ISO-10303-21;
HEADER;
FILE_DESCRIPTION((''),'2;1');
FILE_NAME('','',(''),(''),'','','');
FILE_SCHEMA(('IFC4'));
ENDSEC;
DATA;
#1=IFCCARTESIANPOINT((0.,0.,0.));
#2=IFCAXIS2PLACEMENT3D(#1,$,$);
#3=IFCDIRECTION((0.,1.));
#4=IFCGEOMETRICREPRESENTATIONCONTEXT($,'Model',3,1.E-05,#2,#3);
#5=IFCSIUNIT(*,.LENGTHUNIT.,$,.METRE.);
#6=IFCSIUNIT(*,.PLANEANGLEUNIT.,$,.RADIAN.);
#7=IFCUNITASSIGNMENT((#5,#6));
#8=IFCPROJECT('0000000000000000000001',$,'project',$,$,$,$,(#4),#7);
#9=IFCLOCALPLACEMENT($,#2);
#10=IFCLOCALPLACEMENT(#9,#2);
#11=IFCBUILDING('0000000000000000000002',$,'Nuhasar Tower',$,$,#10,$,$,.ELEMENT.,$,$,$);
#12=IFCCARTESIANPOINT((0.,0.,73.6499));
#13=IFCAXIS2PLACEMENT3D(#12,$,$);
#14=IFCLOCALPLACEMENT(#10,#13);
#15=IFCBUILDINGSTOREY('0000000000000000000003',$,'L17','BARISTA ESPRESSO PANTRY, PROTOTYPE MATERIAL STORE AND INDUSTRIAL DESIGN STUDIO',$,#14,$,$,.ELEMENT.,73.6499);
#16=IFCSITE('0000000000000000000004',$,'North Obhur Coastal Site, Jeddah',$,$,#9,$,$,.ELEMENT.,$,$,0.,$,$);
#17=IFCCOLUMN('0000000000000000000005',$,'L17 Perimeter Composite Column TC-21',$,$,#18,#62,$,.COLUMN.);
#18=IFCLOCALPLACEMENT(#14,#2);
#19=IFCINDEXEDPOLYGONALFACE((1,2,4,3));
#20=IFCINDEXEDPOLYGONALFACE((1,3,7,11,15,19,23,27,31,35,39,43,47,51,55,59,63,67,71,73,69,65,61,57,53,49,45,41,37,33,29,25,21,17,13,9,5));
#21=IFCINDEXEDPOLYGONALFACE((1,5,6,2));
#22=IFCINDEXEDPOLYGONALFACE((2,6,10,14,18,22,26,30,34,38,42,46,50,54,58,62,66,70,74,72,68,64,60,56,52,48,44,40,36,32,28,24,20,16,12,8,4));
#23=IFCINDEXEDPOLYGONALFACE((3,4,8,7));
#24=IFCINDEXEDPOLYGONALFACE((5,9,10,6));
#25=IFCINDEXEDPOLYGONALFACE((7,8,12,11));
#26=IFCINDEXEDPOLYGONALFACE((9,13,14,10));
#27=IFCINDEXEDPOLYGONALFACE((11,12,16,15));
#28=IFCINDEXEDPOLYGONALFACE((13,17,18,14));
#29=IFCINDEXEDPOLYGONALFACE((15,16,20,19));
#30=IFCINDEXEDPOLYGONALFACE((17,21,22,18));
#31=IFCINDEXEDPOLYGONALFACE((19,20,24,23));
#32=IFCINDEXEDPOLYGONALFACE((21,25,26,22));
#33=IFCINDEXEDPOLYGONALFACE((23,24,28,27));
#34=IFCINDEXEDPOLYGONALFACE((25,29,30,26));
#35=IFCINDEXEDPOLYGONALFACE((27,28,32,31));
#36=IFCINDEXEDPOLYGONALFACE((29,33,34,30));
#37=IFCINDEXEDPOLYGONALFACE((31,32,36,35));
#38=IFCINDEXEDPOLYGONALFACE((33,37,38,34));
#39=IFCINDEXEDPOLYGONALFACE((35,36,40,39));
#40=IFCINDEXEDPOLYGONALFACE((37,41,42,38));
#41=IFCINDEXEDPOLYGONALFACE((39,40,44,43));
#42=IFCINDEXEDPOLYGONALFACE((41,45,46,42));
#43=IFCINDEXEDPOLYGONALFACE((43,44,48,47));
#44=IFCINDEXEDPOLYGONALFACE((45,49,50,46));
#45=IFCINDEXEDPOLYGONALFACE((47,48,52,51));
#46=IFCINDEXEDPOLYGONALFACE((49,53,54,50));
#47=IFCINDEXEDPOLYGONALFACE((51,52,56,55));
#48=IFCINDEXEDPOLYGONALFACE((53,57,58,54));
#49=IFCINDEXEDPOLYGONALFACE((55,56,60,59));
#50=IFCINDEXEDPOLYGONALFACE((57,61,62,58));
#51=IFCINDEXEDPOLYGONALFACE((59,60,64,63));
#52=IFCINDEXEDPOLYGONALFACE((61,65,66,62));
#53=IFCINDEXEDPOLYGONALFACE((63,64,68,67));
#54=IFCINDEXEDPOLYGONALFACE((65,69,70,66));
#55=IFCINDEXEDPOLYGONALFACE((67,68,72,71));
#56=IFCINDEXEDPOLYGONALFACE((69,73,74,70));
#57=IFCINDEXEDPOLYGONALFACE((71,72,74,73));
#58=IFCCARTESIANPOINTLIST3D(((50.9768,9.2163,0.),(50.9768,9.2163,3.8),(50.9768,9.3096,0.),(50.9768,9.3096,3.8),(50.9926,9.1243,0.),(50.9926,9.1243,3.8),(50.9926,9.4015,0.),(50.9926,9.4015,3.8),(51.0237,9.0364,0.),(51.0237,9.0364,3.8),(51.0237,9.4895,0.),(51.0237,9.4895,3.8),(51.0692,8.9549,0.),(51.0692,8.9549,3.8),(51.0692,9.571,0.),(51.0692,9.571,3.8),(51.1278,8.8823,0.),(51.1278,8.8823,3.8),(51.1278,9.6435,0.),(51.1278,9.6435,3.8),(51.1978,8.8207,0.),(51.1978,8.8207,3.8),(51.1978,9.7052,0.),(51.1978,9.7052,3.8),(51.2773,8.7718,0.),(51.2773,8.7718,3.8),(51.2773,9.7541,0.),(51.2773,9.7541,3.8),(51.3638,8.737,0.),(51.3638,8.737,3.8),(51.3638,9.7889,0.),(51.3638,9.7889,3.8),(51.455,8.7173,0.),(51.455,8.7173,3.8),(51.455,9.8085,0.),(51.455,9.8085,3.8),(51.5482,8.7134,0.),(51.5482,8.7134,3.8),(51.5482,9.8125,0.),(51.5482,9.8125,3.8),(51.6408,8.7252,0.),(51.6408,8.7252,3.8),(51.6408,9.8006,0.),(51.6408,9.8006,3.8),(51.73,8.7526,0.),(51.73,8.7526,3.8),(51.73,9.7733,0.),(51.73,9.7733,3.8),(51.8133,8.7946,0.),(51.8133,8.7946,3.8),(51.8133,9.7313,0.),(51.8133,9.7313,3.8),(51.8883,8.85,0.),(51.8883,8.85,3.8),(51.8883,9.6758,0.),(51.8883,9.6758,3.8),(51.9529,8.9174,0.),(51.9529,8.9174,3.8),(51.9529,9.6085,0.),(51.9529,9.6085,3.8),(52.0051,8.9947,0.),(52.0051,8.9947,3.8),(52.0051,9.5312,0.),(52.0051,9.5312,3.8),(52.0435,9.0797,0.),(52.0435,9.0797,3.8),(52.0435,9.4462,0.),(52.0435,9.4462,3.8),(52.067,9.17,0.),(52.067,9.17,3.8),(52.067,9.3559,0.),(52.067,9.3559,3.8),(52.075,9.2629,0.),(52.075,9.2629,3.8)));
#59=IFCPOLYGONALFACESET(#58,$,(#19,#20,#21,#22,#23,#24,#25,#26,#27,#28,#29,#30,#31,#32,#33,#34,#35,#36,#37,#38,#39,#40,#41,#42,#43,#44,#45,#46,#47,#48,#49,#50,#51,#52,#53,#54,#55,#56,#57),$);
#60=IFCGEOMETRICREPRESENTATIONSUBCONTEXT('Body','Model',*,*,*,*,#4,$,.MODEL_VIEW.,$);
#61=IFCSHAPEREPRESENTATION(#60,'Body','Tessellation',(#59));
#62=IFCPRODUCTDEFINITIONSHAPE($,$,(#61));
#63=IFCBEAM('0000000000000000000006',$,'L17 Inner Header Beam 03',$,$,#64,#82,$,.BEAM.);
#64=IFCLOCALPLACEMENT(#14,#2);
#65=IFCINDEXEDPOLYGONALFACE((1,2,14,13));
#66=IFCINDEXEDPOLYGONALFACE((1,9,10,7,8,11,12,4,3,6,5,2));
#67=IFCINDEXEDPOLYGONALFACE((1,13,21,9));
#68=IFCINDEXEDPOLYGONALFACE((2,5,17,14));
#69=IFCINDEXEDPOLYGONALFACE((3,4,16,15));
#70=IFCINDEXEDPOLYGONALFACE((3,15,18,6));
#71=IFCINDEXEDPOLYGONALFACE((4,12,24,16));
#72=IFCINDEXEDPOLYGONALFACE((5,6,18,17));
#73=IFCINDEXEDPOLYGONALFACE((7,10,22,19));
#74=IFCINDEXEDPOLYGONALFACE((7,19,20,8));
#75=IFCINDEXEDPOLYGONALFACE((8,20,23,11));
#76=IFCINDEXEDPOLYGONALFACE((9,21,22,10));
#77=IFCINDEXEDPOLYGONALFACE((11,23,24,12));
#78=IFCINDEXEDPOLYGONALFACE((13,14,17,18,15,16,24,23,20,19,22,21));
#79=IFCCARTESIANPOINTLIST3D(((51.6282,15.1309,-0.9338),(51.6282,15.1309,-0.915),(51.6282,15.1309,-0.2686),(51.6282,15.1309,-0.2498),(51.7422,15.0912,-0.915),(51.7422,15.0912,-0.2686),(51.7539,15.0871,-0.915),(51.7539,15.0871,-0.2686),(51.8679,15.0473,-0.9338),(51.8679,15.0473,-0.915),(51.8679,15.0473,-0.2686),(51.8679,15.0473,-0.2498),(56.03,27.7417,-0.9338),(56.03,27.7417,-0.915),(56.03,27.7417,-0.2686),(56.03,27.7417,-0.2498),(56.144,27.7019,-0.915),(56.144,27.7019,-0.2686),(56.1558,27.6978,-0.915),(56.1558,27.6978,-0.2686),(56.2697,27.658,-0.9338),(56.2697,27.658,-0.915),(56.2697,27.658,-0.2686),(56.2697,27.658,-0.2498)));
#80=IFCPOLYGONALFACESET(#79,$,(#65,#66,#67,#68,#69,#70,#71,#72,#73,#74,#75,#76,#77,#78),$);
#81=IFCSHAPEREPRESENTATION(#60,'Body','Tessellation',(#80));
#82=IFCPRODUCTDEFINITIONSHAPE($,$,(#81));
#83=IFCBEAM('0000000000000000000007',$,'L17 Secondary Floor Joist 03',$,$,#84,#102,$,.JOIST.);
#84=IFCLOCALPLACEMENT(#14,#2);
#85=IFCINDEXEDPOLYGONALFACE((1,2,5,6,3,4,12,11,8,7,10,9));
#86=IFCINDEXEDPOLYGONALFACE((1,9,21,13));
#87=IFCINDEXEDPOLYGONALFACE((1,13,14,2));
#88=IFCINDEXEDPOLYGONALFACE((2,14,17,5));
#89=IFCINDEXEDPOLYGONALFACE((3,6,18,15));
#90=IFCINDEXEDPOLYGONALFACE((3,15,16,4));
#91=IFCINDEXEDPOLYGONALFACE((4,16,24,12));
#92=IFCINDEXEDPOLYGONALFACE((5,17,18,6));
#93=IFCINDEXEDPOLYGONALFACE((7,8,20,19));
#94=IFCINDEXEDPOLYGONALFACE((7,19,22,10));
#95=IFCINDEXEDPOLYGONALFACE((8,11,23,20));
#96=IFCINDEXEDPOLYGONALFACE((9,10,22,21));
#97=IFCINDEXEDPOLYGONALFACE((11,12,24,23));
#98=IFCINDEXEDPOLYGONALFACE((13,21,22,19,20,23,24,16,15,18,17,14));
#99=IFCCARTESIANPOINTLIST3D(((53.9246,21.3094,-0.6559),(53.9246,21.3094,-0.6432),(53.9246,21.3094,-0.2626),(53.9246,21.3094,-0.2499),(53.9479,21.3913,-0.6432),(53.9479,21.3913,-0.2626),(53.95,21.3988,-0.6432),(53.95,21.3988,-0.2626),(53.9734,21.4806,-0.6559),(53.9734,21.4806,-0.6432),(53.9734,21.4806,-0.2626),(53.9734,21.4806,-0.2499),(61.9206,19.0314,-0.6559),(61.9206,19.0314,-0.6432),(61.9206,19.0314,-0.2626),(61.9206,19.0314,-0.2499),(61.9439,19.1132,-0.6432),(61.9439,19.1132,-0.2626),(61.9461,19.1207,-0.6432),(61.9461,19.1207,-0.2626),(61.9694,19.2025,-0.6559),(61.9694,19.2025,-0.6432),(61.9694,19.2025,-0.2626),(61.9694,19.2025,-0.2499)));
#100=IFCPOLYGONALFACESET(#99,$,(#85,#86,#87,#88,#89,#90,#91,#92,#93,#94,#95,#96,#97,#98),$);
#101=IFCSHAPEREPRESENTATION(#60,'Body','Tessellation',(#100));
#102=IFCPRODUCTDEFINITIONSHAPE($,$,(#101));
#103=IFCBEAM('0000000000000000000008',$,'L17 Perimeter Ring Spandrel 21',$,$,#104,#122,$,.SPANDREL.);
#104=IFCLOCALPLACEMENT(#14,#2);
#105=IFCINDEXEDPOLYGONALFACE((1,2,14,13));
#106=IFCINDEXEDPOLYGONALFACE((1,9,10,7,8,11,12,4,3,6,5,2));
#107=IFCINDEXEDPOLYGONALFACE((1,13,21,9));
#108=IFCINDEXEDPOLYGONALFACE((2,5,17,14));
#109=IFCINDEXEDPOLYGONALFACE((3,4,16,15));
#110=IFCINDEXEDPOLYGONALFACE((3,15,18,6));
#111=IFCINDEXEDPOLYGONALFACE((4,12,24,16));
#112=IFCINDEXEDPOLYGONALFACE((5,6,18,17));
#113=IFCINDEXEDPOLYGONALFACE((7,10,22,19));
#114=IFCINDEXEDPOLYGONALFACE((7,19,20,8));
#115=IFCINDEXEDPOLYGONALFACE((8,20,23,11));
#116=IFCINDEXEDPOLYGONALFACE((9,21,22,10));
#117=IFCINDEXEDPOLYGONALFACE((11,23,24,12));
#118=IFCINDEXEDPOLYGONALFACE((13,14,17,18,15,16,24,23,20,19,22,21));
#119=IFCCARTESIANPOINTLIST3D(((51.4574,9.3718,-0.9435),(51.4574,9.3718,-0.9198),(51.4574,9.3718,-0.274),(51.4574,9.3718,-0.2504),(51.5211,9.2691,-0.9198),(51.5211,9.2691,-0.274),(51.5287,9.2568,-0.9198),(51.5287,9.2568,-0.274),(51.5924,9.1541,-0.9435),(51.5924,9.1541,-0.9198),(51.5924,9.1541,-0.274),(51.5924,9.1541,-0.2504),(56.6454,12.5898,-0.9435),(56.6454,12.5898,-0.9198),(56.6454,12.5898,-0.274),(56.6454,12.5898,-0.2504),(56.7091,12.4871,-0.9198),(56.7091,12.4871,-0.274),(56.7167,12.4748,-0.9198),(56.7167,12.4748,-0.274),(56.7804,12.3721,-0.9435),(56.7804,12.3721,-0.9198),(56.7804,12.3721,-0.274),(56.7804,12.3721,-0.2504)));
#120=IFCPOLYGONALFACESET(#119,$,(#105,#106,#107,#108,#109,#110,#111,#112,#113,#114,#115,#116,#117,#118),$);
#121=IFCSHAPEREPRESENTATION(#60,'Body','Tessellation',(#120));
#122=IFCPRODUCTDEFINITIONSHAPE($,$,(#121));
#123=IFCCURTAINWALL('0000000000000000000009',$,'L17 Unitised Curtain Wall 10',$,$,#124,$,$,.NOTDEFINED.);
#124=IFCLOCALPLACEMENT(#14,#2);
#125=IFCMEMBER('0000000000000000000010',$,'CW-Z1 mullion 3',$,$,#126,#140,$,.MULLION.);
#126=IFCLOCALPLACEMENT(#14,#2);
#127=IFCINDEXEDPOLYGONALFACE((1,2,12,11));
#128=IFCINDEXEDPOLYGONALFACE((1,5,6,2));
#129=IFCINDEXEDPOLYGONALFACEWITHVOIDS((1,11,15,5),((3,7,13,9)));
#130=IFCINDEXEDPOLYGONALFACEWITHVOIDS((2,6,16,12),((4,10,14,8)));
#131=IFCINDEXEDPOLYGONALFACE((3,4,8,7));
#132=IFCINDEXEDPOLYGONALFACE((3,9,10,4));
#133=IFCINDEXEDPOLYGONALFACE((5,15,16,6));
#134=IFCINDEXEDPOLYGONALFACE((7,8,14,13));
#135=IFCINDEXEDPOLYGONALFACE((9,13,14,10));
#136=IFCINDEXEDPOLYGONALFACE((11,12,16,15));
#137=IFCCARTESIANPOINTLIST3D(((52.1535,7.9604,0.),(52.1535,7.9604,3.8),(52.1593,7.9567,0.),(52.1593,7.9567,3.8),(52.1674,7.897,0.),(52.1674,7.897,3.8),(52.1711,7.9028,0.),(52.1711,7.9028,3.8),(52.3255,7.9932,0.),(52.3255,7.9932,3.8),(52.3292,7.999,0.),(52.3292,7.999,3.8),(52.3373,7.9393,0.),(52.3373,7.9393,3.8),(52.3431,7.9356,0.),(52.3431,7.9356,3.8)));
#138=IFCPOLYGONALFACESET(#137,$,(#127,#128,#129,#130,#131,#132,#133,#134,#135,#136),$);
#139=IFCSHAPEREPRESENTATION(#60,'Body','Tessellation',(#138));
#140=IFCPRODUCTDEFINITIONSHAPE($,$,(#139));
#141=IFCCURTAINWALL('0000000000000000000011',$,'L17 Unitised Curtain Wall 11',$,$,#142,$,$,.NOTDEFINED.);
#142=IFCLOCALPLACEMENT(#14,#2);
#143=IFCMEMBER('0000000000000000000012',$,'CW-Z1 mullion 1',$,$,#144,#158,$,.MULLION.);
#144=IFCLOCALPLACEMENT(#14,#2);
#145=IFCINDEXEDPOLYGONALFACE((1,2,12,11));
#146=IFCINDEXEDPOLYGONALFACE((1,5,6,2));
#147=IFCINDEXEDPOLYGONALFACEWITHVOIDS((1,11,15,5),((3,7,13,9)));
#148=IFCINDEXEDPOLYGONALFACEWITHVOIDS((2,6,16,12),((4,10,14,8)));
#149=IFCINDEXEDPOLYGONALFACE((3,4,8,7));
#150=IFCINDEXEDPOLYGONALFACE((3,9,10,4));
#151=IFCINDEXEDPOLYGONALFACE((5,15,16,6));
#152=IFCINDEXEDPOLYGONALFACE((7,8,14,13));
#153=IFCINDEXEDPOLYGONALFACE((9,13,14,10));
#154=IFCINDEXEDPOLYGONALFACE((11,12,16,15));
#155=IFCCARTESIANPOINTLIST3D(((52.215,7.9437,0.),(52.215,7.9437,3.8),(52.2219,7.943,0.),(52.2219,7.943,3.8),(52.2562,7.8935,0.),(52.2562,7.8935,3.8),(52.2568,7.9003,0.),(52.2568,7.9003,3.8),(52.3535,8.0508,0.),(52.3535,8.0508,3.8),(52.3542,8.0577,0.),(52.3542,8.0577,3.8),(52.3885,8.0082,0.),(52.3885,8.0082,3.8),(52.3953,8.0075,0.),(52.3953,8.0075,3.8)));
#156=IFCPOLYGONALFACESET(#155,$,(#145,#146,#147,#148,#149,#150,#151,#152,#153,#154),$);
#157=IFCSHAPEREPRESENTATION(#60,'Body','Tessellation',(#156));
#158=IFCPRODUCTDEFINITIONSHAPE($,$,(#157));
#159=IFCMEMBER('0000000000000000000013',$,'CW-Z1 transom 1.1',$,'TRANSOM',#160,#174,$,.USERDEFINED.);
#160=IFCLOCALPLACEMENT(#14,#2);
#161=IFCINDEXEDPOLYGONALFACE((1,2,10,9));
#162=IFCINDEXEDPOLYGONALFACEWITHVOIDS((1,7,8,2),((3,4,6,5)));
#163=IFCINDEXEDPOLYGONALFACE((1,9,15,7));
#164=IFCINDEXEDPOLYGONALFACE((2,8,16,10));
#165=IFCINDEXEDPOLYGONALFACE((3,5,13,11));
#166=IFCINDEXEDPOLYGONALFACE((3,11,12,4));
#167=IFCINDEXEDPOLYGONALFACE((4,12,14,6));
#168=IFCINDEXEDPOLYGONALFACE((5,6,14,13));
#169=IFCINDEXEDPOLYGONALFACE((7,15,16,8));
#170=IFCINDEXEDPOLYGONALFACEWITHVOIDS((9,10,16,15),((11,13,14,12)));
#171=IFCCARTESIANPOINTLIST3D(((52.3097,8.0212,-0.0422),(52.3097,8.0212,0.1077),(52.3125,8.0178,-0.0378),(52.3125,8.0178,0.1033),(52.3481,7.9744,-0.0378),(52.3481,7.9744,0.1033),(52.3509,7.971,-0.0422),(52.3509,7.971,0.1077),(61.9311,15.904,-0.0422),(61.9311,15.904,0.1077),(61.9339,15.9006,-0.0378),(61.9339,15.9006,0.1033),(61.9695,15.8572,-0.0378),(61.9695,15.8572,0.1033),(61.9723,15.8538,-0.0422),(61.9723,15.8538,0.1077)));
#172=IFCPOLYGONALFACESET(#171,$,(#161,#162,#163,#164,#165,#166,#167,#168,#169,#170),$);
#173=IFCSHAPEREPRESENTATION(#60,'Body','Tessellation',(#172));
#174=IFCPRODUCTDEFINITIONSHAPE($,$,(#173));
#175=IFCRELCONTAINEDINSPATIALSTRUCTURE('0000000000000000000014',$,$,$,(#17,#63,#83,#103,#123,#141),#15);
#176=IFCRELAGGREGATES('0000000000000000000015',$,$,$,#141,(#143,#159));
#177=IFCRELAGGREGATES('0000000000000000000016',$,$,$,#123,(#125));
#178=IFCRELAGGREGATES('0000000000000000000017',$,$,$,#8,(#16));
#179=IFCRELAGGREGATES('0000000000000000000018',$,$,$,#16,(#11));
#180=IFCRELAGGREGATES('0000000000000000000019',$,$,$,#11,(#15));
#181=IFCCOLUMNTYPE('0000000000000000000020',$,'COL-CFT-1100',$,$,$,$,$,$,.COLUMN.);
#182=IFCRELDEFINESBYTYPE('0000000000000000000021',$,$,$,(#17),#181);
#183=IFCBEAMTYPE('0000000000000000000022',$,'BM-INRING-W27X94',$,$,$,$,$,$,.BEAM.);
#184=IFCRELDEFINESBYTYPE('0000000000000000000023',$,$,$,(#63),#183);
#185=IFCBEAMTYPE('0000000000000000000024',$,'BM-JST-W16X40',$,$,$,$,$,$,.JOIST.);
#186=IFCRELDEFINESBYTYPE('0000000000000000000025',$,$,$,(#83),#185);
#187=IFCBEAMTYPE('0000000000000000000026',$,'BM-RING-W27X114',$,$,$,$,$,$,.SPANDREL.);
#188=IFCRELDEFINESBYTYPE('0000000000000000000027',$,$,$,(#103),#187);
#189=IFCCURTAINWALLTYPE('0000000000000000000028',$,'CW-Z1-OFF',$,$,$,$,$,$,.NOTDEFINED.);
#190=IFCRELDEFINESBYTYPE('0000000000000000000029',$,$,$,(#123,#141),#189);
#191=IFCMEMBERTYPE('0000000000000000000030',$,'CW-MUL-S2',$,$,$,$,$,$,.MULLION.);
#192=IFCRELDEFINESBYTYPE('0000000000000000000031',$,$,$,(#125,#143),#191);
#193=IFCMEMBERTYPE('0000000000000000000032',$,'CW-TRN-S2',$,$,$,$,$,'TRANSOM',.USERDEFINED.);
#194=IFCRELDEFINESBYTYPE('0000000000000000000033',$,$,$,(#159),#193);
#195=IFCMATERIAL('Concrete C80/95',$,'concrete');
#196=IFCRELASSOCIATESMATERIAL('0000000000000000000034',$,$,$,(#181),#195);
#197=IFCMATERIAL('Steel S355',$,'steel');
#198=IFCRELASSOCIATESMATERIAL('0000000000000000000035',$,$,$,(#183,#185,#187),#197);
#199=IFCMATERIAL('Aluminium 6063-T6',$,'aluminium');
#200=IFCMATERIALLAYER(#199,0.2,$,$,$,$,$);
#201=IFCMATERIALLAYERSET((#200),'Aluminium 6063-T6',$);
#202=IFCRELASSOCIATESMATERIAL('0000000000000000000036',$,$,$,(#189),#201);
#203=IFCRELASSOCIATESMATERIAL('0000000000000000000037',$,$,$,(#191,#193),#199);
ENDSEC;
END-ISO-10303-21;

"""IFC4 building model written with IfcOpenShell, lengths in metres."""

from ifc_helpers import new_model, si_unit, direction, frame, origin, origin_2d, place, context, subcontext, project, spatial, hollow_rectangle, circle, i_section, extrude, material, layer, layer_set, material_profile, profile_set, type_object, element, aggregate, save


model = new_model("IFC4")

# Units and contexts
model_context = context("Model", 3, precision=1e-05, world=origin(), true_north=direction((0.0, 1.0)))
body_context = subcontext(model_context, "Body", "Model", "MODEL_VIEW")
ifc_project = project(units=[si_unit("LENGTHUNIT", "METRE"), si_unit("PLANEANGLEUNIT", "RADIAN")], contexts=[model_context])

# Site, building, storey
site_placement = place(None, origin())
site = spatial("IfcSite", under=ifc_project, at=site_placement, Name="North Obhur Coastal Site, Jeddah", CompositionType="ELEMENT", RefElevation=0.0)
building_placement = place(site_placement, origin())
building = spatial("IfcBuilding", under=site, at=building_placement, Name="Nuhasar Tower", CompositionType="ELEMENT")
storey_placement = place(building_placement, frame((0.0, 0.0, 73.6499)))
storey = spatial("IfcBuildingStorey", under=building, at=storey_placement, Name="L17", Description="BARISTA ESPRESSO PANTRY, PROTOTYPE MATERIAL STORE AND INDUSTRIAL DESIGN STUDIO", CompositionType="ELEMENT", Elevation=73.6499)

# Column
ifc_material_1 = material(Name="Concrete C80/95", Category="concrete")
ifc_material_profile_1 = material_profile(ifc_material_1, circle(Radius=0.55, at=origin_2d()), Name="CFT1100")
ifc_profile_set_1 = profile_set([ifc_material_profile_1], Name="Concrete C80/95")
column_type = type_object("IfcColumnType", Name="COL-CFT-1100", PredefinedType="COLUMN", material=ifc_profile_set_1)
column_placement = place(storey_placement, frame((51.5249, 9.2629, 0.0), z_axis=(0.0, 0.0, 1.0), x_axis=(1.0, 0.0, 0.0)))
element("IfcColumn", 1, at=column_placement, inside=storey, type_object=column_type, Name="L17 Perimeter Composite Column TC-21", PredefinedType="COLUMN", context=body_context, shape_type="SweptSolid", body=[
    extrude(circle(Radius=0.55, at=origin_2d()), origin(), (0.0, 0.0, 1.0), 3.8),
])

# Beams
ifc_material_2 = material(Name="Steel S355", Category="steel")
ifc_material_profile_2 = material_profile(ifc_material_2, i_section(OverallWidth=0.2539, OverallDepth=0.6841, WebThickness=0.0125, FlangeThickness=0.0188, at=origin_2d()), Name="W27X94")
ifc_profile_set_2 = profile_set([ifc_material_profile_2], Name="Steel S355")
beam_type_1 = type_object("IfcBeamType", Name="BM-INRING-W27X94", PredefinedType="BEAM", material=ifc_profile_set_2)
beam_1_placement = place(storey_placement, frame((51.748, 15.0891, -0.5918), z_axis=(0.329554, 0.944137, 0.0), x_axis=(-0.944137, 0.329554, 0.0)))
element("IfcBeam", 2, at=beam_1_placement, inside=storey, type_object=beam_type_1, Name="L17 Inner Header Beam 03", PredefinedType="BEAM", context=body_context, shape_type="SweptSolid", body=[
    extrude(i_section(OverallWidth=0.2539, OverallDepth=0.6841, WebThickness=0.0125, FlangeThickness=0.0188, at=origin_2d()), origin(), (0.0, 0.0, 1.0), 13.3569),
])
ifc_material_profile_3 = material_profile(ifc_material_2, i_section(OverallWidth=0.178, OverallDepth=0.406, WebThickness=0.0078, FlangeThickness=0.0127, at=origin_2d()), Name="W16X40")
ifc_profile_set_3 = profile_set([ifc_material_profile_3], Name="Steel S355")
beam_type_2 = type_object("IfcBeamType", Name="BM-JST-W16X40", PredefinedType="JOIST", material=ifc_profile_set_3)
beam_2_placement = place(storey_placement, frame((53.949, 21.395, -0.4529), z_axis=(0.961731, -0.273996, 0.0), x_axis=(0.273996, 0.961731, 0.0)))
element("IfcBeam", 3, at=beam_2_placement, inside=storey, type_object=beam_type_2, Name="L17 Secondary Floor Joist 03", PredefinedType="JOIST", context=body_context, shape_type="SweptSolid", body=[
    extrude(i_section(OverallWidth=0.178, OverallDepth=0.406, WebThickness=0.0078, FlangeThickness=0.0127, at=origin_2d()), origin(), (0.0, 0.0, 1.0), 8.3142),
])
ifc_material_profile_4 = material_profile(ifc_material_2, i_section(OverallWidth=0.2561, OverallDepth=0.6931, WebThickness=0.0144, FlangeThickness=0.0237, at=origin_2d()), Name="W27X114")
ifc_profile_set_4 = profile_set([ifc_material_profile_4], Name="Steel S355")
beam_type_3 = type_object("IfcBeamType", Name="BM-RING-W27X114", PredefinedType="SPANDREL", material=ifc_profile_set_4)
beam_3_placement = place(storey_placement, frame((51.5249, 9.2629, -0.5969), z_axis=(0.849795, 0.527113, 0.0), x_axis=(-0.527113, 0.849795, 0.0)))
element("IfcBeam", 4, at=beam_3_placement, inside=storey, type_object=beam_type_3, Name="L17 Perimeter Ring Spandrel 21", PredefinedType="SPANDREL", context=body_context, shape_type="SweptSolid", body=[
    extrude(i_section(OverallWidth=0.2561, OverallDepth=0.6931, WebThickness=0.0144, FlangeThickness=0.0237, at=origin_2d()), origin(), (0.0, 0.0, 1.0), 6.105),
])

# Curtain wall, member
ifc_material_3 = material(Name="Aluminium 6063-T6", Category="aluminium")
ifc_layer_1 = layer(ifc_material_3, 0.2)
ifc_layer_set_1 = layer_set([ifc_layer_1], Name="Aluminium 6063-T6")
curtain_wall_type = type_object("IfcCurtainWallType", Name="CW-Z1-OFF", PredefinedType="NOTDEFINED", material=ifc_layer_set_1)
curtain_wall_1_placement = place(storey_placement, origin())
curtain_wall_1 = element("IfcCurtainWall", 5, at=curtain_wall_1_placement, inside=storey, type_object=curtain_wall_type, Name="L17 Unitised Curtain Wall 10", PredefinedType="NOTDEFINED")
ifc_material_profile_5 = material_profile(ifc_material_3, hollow_rectangle(XDim=0.0649, YDim=0.1799, WallThickness=0.0049, at=origin_2d()), Name="CWM-2")
ifc_profile_set_5 = profile_set([ifc_material_profile_5], Name="Aluminium 6063-T6")
member_type_1 = type_object("IfcMemberType", Name="CW-MUL-S2", PredefinedType="MULLION", material=ifc_profile_set_5)
member_1_placement = place(storey_placement, frame((52.2483, 7.948, 0.0), z_axis=(0.0, 0.0, 1.0), x_axis=(-0.214399, 0.976746, 0.0)))
member_1 = element("IfcMember", 6, at=member_1_placement, type_object=member_type_1, Name="CW-Z1 mullion 3", PredefinedType="MULLION", context=body_context, shape_type="SweptSolid", body=[
    extrude(hollow_rectangle(XDim=0.0649, YDim=0.1799, WallThickness=0.0049, at=origin_2d()), origin(), (0.0, 0.0, 1.0), 3.8),
])

# Curtain wall, members
curtain_wall_2_placement = place(storey_placement, origin())
curtain_wall_2 = element("IfcCurtainWall", 7, at=curtain_wall_2_placement, inside=storey, type_object=curtain_wall_type, Name="L17 Unitised Curtain Wall 11", PredefinedType="NOTDEFINED")
member_2_placement = place(storey_placement, frame((52.3052, 7.9756, 0.0), z_axis=(0.0, 0.0, 1.0), x_axis=(-0.633745, 0.773542, 0.0)))
member_2 = element("IfcMember", 8, at=member_2_placement, type_object=member_type_1, Name="CW-Z1 mullion 1", PredefinedType="MULLION", context=body_context, shape_type="SweptSolid", body=[
    extrude(hollow_rectangle(XDim=0.0649, YDim=0.1799, WallThickness=0.0049, at=origin_2d()), origin(), (0.0, 0.0, 1.0), 3.8),
])
ifc_material_profile_6 = material_profile(ifc_material_3, hollow_rectangle(XDim=0.0649, YDim=0.1499, WallThickness=0.0044, at=origin_2d()), Name="CWT-2")
ifc_profile_set_6 = profile_set([ifc_material_profile_6], Name="Aluminium 6063-T6")
member_type_2 = type_object("IfcMemberType", Name="CW-TRN-S2", ElementType="TRANSOM", PredefinedType="USERDEFINED", material=ifc_profile_set_6)
member_3_placement = place(storey_placement, frame((52.3303, 7.9961, 0.0327), z_axis=(0.773531, 0.633758, 0.0), x_axis=(-0.633758, 0.773531, 0.0)))
member_3 = element("IfcMember", 9, at=member_3_placement, type_object=member_type_2, Name="CW-Z1 transom 1.1", ObjectType="TRANSOM", PredefinedType="USERDEFINED", context=body_context, shape_type="SweptSolid", body=[
    extrude(hollow_rectangle(XDim=0.0649, YDim=0.1499, WallThickness=0.0044, at=origin_2d()), origin(), (0.0, 0.0, 1.0), 12.4382),
])
aggregate(curtain_wall_2, [member_2, member_3])

aggregate(curtain_wall_1, [member_1])

save(model, "model.ifc")
